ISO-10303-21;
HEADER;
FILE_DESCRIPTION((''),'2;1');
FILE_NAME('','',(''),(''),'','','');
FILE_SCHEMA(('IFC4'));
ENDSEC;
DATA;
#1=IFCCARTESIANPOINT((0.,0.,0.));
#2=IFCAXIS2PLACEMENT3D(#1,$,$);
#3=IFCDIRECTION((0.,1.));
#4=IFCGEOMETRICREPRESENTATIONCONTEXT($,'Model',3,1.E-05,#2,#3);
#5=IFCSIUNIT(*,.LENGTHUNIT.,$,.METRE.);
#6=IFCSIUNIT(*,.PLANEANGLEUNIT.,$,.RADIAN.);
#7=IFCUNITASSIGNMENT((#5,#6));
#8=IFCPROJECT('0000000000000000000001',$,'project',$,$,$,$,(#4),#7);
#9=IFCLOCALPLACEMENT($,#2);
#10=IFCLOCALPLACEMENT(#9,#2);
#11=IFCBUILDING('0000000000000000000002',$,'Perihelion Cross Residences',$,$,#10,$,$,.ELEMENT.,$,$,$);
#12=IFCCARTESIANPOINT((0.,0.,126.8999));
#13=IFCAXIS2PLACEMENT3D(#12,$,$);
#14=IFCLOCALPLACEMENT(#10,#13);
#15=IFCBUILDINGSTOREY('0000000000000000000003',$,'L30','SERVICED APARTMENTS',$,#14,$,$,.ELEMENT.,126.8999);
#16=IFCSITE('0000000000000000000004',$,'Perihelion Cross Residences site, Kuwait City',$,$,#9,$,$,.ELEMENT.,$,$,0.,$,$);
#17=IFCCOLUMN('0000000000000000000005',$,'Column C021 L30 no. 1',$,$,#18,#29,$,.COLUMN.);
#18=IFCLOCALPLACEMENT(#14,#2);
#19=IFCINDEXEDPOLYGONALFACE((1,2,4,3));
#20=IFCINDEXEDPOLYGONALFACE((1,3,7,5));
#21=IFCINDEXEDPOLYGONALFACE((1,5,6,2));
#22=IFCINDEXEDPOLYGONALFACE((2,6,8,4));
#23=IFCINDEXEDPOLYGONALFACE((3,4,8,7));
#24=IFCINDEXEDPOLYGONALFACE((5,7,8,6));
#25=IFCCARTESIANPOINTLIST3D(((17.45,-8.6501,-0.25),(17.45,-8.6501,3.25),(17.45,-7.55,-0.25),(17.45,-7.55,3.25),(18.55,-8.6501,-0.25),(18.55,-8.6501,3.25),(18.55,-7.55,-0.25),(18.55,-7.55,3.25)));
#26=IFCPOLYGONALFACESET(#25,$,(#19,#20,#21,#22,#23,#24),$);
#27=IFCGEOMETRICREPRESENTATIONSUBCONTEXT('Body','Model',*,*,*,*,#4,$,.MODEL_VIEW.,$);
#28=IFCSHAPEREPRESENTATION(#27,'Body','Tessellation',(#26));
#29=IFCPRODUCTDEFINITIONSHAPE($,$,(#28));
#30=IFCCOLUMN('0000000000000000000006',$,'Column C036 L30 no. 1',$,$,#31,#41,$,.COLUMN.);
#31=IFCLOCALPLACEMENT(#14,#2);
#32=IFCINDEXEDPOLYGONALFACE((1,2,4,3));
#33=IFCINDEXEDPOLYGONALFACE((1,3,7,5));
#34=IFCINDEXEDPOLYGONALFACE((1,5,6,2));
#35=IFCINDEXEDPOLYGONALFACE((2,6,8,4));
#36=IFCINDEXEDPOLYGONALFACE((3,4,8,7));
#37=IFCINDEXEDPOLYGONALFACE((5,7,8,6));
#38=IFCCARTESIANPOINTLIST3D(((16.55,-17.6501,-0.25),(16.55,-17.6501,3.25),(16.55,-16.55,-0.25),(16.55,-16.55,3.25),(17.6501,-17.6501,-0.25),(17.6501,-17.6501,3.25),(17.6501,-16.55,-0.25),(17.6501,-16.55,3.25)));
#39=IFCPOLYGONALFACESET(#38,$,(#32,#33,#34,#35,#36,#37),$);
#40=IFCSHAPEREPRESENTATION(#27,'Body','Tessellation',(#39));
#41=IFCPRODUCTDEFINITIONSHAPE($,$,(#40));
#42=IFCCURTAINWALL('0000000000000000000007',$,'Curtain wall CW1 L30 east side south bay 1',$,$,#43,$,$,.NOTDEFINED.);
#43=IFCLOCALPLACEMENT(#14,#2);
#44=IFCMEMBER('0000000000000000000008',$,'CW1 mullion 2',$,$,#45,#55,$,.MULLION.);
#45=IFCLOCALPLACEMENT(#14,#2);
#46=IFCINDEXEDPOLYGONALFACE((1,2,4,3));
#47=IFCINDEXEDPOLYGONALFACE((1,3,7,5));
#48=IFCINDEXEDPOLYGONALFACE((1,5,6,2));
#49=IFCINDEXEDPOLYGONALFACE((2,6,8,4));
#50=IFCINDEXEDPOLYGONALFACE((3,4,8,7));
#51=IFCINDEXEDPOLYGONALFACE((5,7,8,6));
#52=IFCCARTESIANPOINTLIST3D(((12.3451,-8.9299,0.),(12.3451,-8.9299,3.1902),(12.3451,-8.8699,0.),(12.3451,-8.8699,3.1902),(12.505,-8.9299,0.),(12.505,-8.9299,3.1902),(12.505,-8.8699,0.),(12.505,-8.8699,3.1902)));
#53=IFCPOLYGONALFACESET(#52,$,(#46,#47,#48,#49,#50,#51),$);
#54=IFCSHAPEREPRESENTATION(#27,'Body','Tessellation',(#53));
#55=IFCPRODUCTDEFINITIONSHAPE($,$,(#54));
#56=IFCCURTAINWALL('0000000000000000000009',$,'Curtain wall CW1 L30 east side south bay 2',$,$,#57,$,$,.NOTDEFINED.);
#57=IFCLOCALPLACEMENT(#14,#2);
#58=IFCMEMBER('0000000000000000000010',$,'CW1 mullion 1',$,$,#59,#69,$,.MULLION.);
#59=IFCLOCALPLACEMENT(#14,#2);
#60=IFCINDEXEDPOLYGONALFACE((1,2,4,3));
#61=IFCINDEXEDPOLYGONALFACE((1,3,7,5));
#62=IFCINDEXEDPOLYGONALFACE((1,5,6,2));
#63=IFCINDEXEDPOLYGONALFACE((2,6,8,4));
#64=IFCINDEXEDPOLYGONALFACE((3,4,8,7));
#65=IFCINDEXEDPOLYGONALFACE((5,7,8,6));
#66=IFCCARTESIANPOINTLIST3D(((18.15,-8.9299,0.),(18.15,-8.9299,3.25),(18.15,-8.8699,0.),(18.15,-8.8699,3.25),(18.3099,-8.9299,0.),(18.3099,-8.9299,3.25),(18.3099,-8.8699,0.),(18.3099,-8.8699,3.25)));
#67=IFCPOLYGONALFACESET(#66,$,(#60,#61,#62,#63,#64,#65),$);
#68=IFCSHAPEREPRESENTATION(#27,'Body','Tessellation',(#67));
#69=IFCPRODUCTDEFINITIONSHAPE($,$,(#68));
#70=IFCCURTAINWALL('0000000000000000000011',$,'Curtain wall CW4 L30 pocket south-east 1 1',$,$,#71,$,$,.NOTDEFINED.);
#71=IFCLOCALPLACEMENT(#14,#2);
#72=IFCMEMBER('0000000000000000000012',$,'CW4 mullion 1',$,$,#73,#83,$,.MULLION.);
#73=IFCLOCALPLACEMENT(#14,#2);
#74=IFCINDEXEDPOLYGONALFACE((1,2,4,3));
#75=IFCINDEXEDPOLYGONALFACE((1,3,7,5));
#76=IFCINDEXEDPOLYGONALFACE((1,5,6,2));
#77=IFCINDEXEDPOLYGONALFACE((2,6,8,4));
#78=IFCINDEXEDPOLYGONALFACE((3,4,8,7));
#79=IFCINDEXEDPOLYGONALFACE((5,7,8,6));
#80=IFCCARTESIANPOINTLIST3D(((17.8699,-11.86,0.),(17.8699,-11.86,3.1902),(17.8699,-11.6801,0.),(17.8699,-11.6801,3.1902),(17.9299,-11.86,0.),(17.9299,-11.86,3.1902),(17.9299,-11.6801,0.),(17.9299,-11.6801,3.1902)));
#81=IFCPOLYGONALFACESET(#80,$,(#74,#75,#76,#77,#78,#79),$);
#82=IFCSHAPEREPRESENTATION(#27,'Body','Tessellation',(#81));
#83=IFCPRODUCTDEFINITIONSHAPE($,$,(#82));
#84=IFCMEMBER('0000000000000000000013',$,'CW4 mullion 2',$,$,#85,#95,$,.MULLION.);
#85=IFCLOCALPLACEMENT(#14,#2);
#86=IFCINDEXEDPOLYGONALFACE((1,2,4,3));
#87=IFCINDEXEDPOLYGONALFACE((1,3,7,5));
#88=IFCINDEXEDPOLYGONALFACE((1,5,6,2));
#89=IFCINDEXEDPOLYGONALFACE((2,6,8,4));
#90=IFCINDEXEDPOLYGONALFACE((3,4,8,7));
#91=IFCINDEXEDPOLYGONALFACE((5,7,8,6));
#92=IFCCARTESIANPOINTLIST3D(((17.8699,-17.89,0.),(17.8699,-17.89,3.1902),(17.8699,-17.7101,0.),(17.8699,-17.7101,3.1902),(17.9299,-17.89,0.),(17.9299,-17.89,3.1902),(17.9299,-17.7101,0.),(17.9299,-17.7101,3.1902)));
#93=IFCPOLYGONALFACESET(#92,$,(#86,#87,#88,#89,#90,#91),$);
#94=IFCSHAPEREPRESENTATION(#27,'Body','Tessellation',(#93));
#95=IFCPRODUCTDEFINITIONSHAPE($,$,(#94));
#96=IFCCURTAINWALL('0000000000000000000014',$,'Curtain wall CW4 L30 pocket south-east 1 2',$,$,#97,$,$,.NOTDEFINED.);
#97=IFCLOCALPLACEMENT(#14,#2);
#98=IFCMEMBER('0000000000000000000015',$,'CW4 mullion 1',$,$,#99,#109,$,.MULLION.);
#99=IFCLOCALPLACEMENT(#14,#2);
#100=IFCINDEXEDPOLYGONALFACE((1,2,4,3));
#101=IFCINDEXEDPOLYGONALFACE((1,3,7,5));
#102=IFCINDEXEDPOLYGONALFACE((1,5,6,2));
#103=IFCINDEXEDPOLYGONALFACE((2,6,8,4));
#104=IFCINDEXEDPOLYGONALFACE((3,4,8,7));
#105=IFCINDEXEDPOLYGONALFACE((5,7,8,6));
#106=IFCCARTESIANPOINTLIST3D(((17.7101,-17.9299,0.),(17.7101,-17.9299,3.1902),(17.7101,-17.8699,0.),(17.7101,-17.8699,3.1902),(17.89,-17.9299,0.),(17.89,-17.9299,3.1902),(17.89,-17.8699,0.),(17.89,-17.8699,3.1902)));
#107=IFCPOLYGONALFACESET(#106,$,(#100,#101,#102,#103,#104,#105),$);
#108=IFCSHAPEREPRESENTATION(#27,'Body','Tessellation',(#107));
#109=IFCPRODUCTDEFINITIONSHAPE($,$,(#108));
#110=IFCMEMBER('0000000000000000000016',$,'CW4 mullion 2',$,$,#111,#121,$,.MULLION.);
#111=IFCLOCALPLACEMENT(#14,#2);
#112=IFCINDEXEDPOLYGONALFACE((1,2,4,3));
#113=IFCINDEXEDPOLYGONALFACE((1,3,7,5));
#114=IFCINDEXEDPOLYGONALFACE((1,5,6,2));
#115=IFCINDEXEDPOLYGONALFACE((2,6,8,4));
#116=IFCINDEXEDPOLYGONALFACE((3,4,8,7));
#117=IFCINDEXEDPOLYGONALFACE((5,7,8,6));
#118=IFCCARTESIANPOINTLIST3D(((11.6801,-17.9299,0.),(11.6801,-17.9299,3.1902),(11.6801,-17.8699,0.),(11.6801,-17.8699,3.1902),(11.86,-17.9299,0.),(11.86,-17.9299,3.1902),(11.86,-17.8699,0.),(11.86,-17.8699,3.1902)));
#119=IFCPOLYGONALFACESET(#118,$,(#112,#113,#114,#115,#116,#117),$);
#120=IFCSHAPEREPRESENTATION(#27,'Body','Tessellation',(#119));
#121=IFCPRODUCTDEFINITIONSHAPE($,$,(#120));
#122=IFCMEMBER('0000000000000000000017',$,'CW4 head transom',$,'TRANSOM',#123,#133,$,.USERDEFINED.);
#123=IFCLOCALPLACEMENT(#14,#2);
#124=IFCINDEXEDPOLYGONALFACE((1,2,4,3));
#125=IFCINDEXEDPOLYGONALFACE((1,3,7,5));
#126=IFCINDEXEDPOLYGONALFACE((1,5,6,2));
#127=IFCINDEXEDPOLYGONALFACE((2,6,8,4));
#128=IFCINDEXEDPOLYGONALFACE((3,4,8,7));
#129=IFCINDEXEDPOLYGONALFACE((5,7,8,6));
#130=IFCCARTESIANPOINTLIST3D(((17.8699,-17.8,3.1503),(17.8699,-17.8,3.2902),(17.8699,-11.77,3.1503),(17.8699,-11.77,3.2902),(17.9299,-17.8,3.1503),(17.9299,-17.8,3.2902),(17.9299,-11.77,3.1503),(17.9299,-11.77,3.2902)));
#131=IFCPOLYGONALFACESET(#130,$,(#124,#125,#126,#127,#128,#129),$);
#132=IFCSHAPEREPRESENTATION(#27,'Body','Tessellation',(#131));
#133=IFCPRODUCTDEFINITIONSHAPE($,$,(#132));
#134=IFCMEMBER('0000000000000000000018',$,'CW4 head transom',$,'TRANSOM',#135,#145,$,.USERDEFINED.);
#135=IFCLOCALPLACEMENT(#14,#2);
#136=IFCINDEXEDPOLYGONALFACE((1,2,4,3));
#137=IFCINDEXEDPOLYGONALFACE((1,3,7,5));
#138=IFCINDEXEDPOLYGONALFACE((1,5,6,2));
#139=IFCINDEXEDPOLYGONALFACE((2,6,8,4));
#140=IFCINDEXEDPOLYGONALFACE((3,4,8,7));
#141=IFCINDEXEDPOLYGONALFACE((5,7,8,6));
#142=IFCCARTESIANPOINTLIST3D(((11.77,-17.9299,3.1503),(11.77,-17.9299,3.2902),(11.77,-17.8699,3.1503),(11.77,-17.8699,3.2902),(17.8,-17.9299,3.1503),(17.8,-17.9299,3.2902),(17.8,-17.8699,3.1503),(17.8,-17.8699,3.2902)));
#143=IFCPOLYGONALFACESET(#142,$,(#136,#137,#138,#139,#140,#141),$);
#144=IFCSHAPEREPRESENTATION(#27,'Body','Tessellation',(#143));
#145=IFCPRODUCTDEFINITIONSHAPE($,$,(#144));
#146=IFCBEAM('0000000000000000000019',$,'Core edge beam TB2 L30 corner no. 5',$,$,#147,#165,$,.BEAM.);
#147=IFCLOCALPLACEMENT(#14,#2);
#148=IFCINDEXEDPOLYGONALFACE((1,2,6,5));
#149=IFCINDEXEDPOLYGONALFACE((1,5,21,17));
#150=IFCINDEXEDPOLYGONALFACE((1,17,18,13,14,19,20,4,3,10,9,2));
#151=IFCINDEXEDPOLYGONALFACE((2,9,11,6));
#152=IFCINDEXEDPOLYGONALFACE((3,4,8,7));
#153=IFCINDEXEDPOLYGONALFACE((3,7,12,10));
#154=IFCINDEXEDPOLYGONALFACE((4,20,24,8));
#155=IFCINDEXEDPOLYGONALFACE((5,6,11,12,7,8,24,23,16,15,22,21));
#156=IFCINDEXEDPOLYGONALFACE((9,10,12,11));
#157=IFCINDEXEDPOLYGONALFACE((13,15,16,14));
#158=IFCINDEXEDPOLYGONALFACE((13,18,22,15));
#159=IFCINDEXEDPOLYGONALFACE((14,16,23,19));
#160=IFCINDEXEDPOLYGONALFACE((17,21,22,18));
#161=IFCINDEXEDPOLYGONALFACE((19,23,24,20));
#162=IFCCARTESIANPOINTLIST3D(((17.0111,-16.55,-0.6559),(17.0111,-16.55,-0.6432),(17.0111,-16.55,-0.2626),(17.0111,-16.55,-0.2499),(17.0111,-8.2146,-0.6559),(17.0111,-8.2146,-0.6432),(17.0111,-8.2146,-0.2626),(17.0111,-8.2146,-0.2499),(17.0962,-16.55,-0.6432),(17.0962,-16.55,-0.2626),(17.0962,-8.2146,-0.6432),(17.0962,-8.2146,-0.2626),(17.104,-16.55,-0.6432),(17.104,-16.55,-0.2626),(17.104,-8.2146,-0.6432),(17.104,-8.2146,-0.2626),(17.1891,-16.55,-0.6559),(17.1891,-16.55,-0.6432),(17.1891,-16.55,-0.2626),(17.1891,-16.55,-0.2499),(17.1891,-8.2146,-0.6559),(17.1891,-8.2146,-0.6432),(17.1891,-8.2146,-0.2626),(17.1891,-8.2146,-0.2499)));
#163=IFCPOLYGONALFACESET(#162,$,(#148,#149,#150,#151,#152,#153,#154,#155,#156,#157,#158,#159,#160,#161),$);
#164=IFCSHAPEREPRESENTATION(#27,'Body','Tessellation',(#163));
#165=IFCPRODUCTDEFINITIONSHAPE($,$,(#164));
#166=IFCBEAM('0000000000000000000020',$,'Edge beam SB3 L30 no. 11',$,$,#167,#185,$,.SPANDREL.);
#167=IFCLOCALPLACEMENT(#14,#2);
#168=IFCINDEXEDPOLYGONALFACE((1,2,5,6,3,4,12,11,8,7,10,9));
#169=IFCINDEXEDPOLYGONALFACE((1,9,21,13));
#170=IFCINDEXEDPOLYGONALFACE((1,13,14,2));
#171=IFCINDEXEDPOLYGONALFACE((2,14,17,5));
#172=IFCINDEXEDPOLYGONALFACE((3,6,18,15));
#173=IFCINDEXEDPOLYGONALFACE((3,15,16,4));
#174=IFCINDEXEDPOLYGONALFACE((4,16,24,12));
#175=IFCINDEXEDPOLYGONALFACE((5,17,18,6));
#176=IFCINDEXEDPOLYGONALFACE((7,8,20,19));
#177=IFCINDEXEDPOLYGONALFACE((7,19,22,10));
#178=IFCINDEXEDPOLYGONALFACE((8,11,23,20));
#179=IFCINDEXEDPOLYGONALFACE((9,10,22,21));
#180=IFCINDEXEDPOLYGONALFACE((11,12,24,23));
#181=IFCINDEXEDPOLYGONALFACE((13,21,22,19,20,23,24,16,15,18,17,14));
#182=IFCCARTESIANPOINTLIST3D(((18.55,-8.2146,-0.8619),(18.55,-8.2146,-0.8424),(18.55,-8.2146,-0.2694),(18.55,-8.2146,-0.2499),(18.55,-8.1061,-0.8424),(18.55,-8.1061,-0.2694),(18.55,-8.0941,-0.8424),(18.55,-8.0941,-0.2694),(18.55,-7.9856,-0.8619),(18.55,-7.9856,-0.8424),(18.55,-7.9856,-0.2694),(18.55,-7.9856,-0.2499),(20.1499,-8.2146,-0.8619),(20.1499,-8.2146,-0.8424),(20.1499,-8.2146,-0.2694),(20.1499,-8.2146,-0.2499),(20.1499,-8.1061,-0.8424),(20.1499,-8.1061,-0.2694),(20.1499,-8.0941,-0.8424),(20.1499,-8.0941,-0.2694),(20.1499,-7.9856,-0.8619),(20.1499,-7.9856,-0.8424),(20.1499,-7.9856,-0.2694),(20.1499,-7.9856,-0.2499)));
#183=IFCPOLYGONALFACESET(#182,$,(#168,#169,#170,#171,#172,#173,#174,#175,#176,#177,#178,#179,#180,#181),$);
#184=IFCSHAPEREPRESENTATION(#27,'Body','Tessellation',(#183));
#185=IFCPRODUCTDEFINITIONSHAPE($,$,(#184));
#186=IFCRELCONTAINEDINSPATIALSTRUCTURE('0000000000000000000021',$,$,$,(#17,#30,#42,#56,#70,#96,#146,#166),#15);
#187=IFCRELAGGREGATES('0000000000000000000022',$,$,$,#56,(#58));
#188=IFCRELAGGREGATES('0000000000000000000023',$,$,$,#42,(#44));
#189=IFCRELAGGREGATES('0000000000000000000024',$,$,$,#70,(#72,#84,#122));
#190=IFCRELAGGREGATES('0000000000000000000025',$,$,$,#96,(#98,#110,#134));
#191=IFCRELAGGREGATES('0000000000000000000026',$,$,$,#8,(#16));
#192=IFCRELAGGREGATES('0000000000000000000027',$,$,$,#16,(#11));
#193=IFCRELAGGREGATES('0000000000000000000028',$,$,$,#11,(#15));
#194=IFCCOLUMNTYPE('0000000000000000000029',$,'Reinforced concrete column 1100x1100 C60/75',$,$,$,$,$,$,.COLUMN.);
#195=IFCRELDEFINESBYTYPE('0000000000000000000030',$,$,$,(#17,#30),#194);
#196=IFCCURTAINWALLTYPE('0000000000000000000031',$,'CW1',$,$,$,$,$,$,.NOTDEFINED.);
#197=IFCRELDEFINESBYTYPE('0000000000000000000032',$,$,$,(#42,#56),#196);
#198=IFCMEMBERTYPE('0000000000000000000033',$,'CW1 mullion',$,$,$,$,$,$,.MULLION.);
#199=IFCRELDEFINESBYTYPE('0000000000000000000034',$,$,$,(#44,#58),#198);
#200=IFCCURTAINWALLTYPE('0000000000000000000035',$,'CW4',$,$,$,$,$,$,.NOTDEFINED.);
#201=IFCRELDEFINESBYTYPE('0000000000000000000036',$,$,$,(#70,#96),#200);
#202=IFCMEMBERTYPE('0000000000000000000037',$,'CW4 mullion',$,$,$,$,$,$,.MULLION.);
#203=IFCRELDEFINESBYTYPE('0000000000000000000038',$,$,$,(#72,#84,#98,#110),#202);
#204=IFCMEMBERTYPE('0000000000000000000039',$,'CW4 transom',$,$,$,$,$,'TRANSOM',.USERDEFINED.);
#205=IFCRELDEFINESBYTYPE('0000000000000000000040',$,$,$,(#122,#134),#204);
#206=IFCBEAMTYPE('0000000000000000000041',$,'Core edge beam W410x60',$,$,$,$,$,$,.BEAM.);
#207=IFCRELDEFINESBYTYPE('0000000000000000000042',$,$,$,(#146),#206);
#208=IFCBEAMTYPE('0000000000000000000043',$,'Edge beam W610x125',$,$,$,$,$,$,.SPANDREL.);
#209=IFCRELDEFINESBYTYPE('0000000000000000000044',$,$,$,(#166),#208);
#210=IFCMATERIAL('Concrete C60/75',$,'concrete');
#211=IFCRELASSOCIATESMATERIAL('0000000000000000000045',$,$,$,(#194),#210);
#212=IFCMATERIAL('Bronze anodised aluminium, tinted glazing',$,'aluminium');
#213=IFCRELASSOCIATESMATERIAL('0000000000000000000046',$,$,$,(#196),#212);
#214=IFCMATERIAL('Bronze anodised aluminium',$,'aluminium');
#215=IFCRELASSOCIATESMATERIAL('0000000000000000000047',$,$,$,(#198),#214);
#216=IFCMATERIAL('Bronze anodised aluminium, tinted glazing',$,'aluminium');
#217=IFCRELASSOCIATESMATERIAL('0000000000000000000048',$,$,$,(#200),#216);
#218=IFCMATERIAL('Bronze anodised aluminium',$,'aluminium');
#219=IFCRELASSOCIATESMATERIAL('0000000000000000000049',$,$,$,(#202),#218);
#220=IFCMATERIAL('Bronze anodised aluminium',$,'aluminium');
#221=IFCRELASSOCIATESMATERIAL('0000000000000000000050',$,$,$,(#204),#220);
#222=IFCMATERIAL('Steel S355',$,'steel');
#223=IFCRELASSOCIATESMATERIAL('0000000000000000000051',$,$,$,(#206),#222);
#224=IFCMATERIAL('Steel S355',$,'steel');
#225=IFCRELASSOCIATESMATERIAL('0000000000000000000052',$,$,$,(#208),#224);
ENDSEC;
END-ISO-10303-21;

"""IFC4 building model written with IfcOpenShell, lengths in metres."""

from ifc_helpers import new_model, si_unit, direction, frame, origin, origin_2d, place, context, subcontext, project, spatial, rectangle, i_section, extrude, material, material_profile, profile_set, type_object, element, aggregate, save


model = new_model("IFC4")

# Units and contexts
model_context = context("Model", 3, precision=1e-05, world=origin(), true_north=direction((0.0, 1.0)))
body_context = subcontext(model_context, "Body", "Model", "MODEL_VIEW")
ifc_project = project(units=[si_unit("LENGTHUNIT", "METRE"), si_unit("PLANEANGLEUNIT", "RADIAN")], contexts=[model_context])

# Site, building, storey
site_placement = place(None, origin())
site = spatial("IfcSite", under=ifc_project, at=site_placement, Name="Perihelion Cross Residences site, Kuwait City", CompositionType="ELEMENT", RefElevation=0.0)
building_placement = place(site_placement, origin())
building = spatial("IfcBuilding", under=site, at=building_placement, Name="Perihelion Cross Residences", CompositionType="ELEMENT")
storey_placement = place(building_placement, frame((0.0, 0.0, 126.8999)))
storey = spatial("IfcBuildingStorey", under=building, at=storey_placement, Name="L30", Description="SERVICED APARTMENTS", CompositionType="ELEMENT", Elevation=126.8999)

# Columns
ifc_material_1 = material(Name="Concrete C60/75", Category="concrete")
ifc_material_profile_1 = material_profile(ifc_material_1, rectangle(XDim=1.1001, YDim=1.1001, at=origin_2d()), Name="RC 1100x1100")
ifc_profile_set_1 = profile_set([ifc_material_profile_1], Name="Concrete C60/75")
column_type = type_object("IfcColumnType", Name="Reinforced concrete column 1100x1100 C60/75", PredefinedType="COLUMN", material=ifc_profile_set_1)
for number, where, z_axis, x_axis, name in (
    (1, (18.0, -8.1001, -0.25), (0.0, 0.0, 1.0), (1.0, 0.0, 0.0), "Column C021 L30 no. 1"),
    (2, (17.1001, -17.1001, -0.25), (0.0, 0.0, 1.0), (1.0, 0.0, 0.0), "Column C036 L30 no. 1"),
):
    element("IfcColumn", number, at=place(storey_placement, frame(where, z_axis=z_axis, x_axis=x_axis)), inside=storey, type_object=column_type, Name=name, PredefinedType="COLUMN", context=body_context, shape_type="SweptSolid", body=[
        extrude(rectangle(XDim=1.1001, YDim=1.1001, at=origin_2d()), origin(), (0.0, 0.0, 1.0), 3.5),
    ])

# Curtain walls, members
ifc_material_2 = material(Name="Bronze anodised aluminium, tinted glazing", Category="aluminium")
curtain_wall_type_1 = type_object("IfcCurtainWallType", Name="CW1", PredefinedType="NOTDEFINED", material=ifc_material_2)
curtain_wall_1_placement = place(storey_placement, origin())
curtain_wall_1 = element("IfcCurtainWall", 3, at=curtain_wall_1_placement, inside=storey, type_object=curtain_wall_type_1, Name="Curtain wall CW1 L30 east side south bay 1", PredefinedType="NOTDEFINED")
ifc_material_3 = material(Name="Bronze anodised aluminium", Category="aluminium")
ifc_material_profile_2 = material_profile(ifc_material_3, rectangle(XDim=0.0601, YDim=0.1599, at=origin_2d()), Name="CW1 mullion")
ifc_profile_set_2 = profile_set([ifc_material_profile_2], Name="Bronze anodised aluminium")
member_type_1 = type_object("IfcMemberType", Name="CW1 mullion", PredefinedType="MULLION", material=ifc_profile_set_2)
member_1_placement = place(storey_placement, frame((12.425, -8.8999, 0.0), z_axis=(0.0, 0.0, 1.0), x_axis=(0.0, 1.0, 0.0)))
member_1 = element("IfcMember", 4, at=member_1_placement, type_object=member_type_1, Name="CW1 mullion 2", PredefinedType="MULLION", context=body_context, shape_type="SweptSolid", body=[
    extrude(rectangle(XDim=0.0601, YDim=0.1599, at=origin_2d()), origin(), (0.0, 0.0, 1.0), 3.1902),
])
curtain_wall_2_placement = place(storey_placement, origin())
curtain_wall_2 = element("IfcCurtainWall", 5, at=curtain_wall_2_placement, inside=storey, type_object=curtain_wall_type_1, Name="Curtain wall CW1 L30 east side south bay 2", PredefinedType="NOTDEFINED")
member_2_placement = place(storey_placement, frame((18.23, -8.8999, 0.0), z_axis=(0.0, 0.0, 1.0), x_axis=(0.0, 1.0, 0.0)))
member_2 = element("IfcMember", 6, at=member_2_placement, type_object=member_type_1, Name="CW1 mullion 1", PredefinedType="MULLION", context=body_context, shape_type="SweptSolid", body=[
    extrude(rectangle(XDim=0.0601, YDim=0.1599, at=origin_2d()), origin(), (0.0, 0.0, 1.0), 3.25),
])
aggregate(curtain_wall_2, [member_2])

# Curtain walls, members
ifc_material_4 = material(Name="Bronze anodised aluminium, tinted glazing", Category="aluminium")
curtain_wall_type_2 = type_object("IfcCurtainWallType", Name="CW4", PredefinedType="NOTDEFINED", material=ifc_material_4)
curtain_wall_3_placement = place(storey_placement, origin())
curtain_wall_3 = element("IfcCurtainWall", 7, at=curtain_wall_3_placement, inside=storey, type_object=curtain_wall_type_2, Name="Curtain wall CW4 L30 pocket south-east 1 1", PredefinedType="NOTDEFINED")
ifc_material_5 = material(Name="Bronze anodised aluminium", Category="aluminium")
ifc_material_profile_3 = material_profile(ifc_material_5, rectangle(XDim=0.0601, YDim=0.1799, at=origin_2d()), Name="CW4 mullion")
ifc_profile_set_3 = profile_set([ifc_material_profile_3], Name="Bronze anodised aluminium")
member_type_2 = type_object("IfcMemberType", Name="CW4 mullion", PredefinedType="MULLION", material=ifc_profile_set_3)
member_3_placement = place(storey_placement, frame((17.8999, -11.77, 0.0), z_axis=(0.0, 0.0, 1.0), x_axis=(1.0, 0.0, 0.0)))
member_3 = element("IfcMember", 8, at=member_3_placement, type_object=member_type_2, Name="CW4 mullion 1", PredefinedType="MULLION", context=body_context, shape_type="SweptSolid", body=[
    extrude(rectangle(XDim=0.0601, YDim=0.1799, at=origin_2d()), origin(), (0.0, 0.0, 1.0), 3.1902),
])
member_4_placement = place(storey_placement, frame((17.8999, -17.8, 0.0), z_axis=(0.0, 0.0, 1.0), x_axis=(1.0, 0.0, 0.0)))
member_4 = element("IfcMember", 9, at=member_4_placement, type_object=member_type_2, Name="CW4 mullion 2", PredefinedType="MULLION", context=body_context, shape_type="SweptSolid", body=[
    extrude(rectangle(XDim=0.0601, YDim=0.1799, at=origin_2d()), origin(), (0.0, 0.0, 1.0), 3.1902),
])
curtain_wall_4_placement = place(storey_placement, origin())
curtain_wall_4 = element("IfcCurtainWall", 10, at=curtain_wall_4_placement, inside=storey, type_object=curtain_wall_type_2, Name="Curtain wall CW4 L30 pocket south-east 1 2", PredefinedType="NOTDEFINED")
member_5_placement = place(storey_placement, frame((17.8, -17.8999, 0.0), z_axis=(0.0, 0.0, 1.0), x_axis=(0.0, -1.0, 0.0)))
member_5 = element("IfcMember", 11, at=member_5_placement, type_object=member_type_2, Name="CW4 mullion 1", PredefinedType="MULLION", context=body_context, shape_type="SweptSolid", body=[
    extrude(rectangle(XDim=0.0601, YDim=0.1799, at=origin_2d()), origin(), (0.0, 0.0, 1.0), 3.1902),
])
member_6_placement = place(storey_placement, frame((11.77, -17.8999, 0.0), z_axis=(0.0, 0.0, 1.0), x_axis=(0.0, -1.0, 0.0)))
member_6 = element("IfcMember", 12, at=member_6_placement, type_object=member_type_2, Name="CW4 mullion 2", PredefinedType="MULLION", context=body_context, shape_type="SweptSolid", body=[
    extrude(rectangle(XDim=0.0601, YDim=0.1799, at=origin_2d()), origin(), (0.0, 0.0, 1.0), 3.1902),
])

# Members
ifc_material_6 = material(Name="Bronze anodised aluminium", Category="aluminium")
ifc_material_profile_4 = material_profile(ifc_material_6, rectangle(XDim=0.0601, YDim=0.1399, at=origin_2d()), Name="CW4 transom")
ifc_profile_set_4 = profile_set([ifc_material_profile_4], Name="Bronze anodised aluminium")
member_type_3 = type_object("IfcMemberType", Name="CW4 transom", ElementType="TRANSOM", PredefinedType="USERDEFINED", material=ifc_profile_set_4)
member_7_placement = place(storey_placement, frame((17.8999, -11.77, 3.2202), z_axis=(0.0, -1.0, 0.0), x_axis=(1.0, 0.0, 0.0)))
member_7 = element("IfcMember", 13, at=member_7_placement, type_object=member_type_3, Name="CW4 head transom", ObjectType="TRANSOM", PredefinedType="USERDEFINED", context=body_context, shape_type="SweptSolid", body=[
    extrude(rectangle(XDim=0.0601, YDim=0.1399, at=origin_2d()), origin(), (0.0, 0.0, 1.0), 6.03),
])
member_8_placement = place(storey_placement, frame((17.8, -17.8999, 3.2202), z_axis=(-1.0, 0.0, 0.0), x_axis=(0.0, -1.0, 0.0)))
member_8 = element("IfcMember", 14, at=member_8_placement, type_object=member_type_3, Name="CW4 head transom", ObjectType="TRANSOM", PredefinedType="USERDEFINED", context=body_context, shape_type="SweptSolid", body=[
    extrude(rectangle(XDim=0.0601, YDim=0.1399, at=origin_2d()), origin(), (0.0, 0.0, 1.0), 6.03),
])

# Beams
ifc_material_7 = material(Name="Steel S355", Category="steel")
ifc_material_profile_5 = material_profile(ifc_material_7, i_section(OverallWidth=0.178, OverallDepth=0.406, WebThickness=0.0078, FlangeThickness=0.0127, at=origin_2d()), Name="W410x60")
ifc_profile_set_5 = profile_set([ifc_material_profile_5], Name="Steel S355")
beam_type_1 = type_object("IfcBeamType", Name="Core edge beam W410x60", PredefinedType="BEAM", material=ifc_profile_set_5)
beam_1_placement = place(storey_placement, frame((17.1001, -8.2146, -0.4529), z_axis=(0.0, -1.0, 0.0), x_axis=(1.0, 0.0, 0.0)))
element("IfcBeam", 15, at=beam_1_placement, inside=storey, type_object=beam_type_1, Name="Core edge beam TB2 L30 corner no. 5", PredefinedType="BEAM", context=body_context, shape_type="SweptSolid", body=[
    extrude(i_section(OverallWidth=0.178, OverallDepth=0.406, WebThickness=0.0078, FlangeThickness=0.0127, at=origin_2d()), origin(), (0.0, 0.0, 1.0), 8.3354),
])
ifc_material_8 = material(Name="Steel S355", Category="steel")
ifc_material_profile_6 = material_profile(ifc_material_8, i_section(OverallWidth=0.229, OverallDepth=0.6121, WebThickness=0.012, FlangeThickness=0.0195, at=origin_2d()), Name="W610x125")
ifc_profile_set_6 = profile_set([ifc_material_profile_6], Name="Steel S355")
beam_type_2 = type_object("IfcBeamType", Name="Edge beam W610x125", PredefinedType="SPANDREL", material=ifc_profile_set_6)
beam_2_placement = place(storey_placement, frame((18.55, -8.1001, -0.5559), z_axis=(1.0, 0.0, 0.0), x_axis=(0.0, 1.0, 0.0)))
element("IfcBeam", 16, at=beam_2_placement, inside=storey, type_object=beam_type_2, Name="Edge beam SB3 L30 no. 11", PredefinedType="SPANDREL", context=body_context, shape_type="SweptSolid", body=[
    extrude(i_section(OverallWidth=0.229, OverallDepth=0.6121, WebThickness=0.012, FlangeThickness=0.0195, at=origin_2d()), origin(), (0.0, 0.0, 1.0), 1.5999),
])

aggregate(curtain_wall_1, [member_1])
aggregate(curtain_wall_3, [member_3, member_4, member_7])
aggregate(curtain_wall_4, [member_5, member_6, member_8])

save(model, "model.ifc")
